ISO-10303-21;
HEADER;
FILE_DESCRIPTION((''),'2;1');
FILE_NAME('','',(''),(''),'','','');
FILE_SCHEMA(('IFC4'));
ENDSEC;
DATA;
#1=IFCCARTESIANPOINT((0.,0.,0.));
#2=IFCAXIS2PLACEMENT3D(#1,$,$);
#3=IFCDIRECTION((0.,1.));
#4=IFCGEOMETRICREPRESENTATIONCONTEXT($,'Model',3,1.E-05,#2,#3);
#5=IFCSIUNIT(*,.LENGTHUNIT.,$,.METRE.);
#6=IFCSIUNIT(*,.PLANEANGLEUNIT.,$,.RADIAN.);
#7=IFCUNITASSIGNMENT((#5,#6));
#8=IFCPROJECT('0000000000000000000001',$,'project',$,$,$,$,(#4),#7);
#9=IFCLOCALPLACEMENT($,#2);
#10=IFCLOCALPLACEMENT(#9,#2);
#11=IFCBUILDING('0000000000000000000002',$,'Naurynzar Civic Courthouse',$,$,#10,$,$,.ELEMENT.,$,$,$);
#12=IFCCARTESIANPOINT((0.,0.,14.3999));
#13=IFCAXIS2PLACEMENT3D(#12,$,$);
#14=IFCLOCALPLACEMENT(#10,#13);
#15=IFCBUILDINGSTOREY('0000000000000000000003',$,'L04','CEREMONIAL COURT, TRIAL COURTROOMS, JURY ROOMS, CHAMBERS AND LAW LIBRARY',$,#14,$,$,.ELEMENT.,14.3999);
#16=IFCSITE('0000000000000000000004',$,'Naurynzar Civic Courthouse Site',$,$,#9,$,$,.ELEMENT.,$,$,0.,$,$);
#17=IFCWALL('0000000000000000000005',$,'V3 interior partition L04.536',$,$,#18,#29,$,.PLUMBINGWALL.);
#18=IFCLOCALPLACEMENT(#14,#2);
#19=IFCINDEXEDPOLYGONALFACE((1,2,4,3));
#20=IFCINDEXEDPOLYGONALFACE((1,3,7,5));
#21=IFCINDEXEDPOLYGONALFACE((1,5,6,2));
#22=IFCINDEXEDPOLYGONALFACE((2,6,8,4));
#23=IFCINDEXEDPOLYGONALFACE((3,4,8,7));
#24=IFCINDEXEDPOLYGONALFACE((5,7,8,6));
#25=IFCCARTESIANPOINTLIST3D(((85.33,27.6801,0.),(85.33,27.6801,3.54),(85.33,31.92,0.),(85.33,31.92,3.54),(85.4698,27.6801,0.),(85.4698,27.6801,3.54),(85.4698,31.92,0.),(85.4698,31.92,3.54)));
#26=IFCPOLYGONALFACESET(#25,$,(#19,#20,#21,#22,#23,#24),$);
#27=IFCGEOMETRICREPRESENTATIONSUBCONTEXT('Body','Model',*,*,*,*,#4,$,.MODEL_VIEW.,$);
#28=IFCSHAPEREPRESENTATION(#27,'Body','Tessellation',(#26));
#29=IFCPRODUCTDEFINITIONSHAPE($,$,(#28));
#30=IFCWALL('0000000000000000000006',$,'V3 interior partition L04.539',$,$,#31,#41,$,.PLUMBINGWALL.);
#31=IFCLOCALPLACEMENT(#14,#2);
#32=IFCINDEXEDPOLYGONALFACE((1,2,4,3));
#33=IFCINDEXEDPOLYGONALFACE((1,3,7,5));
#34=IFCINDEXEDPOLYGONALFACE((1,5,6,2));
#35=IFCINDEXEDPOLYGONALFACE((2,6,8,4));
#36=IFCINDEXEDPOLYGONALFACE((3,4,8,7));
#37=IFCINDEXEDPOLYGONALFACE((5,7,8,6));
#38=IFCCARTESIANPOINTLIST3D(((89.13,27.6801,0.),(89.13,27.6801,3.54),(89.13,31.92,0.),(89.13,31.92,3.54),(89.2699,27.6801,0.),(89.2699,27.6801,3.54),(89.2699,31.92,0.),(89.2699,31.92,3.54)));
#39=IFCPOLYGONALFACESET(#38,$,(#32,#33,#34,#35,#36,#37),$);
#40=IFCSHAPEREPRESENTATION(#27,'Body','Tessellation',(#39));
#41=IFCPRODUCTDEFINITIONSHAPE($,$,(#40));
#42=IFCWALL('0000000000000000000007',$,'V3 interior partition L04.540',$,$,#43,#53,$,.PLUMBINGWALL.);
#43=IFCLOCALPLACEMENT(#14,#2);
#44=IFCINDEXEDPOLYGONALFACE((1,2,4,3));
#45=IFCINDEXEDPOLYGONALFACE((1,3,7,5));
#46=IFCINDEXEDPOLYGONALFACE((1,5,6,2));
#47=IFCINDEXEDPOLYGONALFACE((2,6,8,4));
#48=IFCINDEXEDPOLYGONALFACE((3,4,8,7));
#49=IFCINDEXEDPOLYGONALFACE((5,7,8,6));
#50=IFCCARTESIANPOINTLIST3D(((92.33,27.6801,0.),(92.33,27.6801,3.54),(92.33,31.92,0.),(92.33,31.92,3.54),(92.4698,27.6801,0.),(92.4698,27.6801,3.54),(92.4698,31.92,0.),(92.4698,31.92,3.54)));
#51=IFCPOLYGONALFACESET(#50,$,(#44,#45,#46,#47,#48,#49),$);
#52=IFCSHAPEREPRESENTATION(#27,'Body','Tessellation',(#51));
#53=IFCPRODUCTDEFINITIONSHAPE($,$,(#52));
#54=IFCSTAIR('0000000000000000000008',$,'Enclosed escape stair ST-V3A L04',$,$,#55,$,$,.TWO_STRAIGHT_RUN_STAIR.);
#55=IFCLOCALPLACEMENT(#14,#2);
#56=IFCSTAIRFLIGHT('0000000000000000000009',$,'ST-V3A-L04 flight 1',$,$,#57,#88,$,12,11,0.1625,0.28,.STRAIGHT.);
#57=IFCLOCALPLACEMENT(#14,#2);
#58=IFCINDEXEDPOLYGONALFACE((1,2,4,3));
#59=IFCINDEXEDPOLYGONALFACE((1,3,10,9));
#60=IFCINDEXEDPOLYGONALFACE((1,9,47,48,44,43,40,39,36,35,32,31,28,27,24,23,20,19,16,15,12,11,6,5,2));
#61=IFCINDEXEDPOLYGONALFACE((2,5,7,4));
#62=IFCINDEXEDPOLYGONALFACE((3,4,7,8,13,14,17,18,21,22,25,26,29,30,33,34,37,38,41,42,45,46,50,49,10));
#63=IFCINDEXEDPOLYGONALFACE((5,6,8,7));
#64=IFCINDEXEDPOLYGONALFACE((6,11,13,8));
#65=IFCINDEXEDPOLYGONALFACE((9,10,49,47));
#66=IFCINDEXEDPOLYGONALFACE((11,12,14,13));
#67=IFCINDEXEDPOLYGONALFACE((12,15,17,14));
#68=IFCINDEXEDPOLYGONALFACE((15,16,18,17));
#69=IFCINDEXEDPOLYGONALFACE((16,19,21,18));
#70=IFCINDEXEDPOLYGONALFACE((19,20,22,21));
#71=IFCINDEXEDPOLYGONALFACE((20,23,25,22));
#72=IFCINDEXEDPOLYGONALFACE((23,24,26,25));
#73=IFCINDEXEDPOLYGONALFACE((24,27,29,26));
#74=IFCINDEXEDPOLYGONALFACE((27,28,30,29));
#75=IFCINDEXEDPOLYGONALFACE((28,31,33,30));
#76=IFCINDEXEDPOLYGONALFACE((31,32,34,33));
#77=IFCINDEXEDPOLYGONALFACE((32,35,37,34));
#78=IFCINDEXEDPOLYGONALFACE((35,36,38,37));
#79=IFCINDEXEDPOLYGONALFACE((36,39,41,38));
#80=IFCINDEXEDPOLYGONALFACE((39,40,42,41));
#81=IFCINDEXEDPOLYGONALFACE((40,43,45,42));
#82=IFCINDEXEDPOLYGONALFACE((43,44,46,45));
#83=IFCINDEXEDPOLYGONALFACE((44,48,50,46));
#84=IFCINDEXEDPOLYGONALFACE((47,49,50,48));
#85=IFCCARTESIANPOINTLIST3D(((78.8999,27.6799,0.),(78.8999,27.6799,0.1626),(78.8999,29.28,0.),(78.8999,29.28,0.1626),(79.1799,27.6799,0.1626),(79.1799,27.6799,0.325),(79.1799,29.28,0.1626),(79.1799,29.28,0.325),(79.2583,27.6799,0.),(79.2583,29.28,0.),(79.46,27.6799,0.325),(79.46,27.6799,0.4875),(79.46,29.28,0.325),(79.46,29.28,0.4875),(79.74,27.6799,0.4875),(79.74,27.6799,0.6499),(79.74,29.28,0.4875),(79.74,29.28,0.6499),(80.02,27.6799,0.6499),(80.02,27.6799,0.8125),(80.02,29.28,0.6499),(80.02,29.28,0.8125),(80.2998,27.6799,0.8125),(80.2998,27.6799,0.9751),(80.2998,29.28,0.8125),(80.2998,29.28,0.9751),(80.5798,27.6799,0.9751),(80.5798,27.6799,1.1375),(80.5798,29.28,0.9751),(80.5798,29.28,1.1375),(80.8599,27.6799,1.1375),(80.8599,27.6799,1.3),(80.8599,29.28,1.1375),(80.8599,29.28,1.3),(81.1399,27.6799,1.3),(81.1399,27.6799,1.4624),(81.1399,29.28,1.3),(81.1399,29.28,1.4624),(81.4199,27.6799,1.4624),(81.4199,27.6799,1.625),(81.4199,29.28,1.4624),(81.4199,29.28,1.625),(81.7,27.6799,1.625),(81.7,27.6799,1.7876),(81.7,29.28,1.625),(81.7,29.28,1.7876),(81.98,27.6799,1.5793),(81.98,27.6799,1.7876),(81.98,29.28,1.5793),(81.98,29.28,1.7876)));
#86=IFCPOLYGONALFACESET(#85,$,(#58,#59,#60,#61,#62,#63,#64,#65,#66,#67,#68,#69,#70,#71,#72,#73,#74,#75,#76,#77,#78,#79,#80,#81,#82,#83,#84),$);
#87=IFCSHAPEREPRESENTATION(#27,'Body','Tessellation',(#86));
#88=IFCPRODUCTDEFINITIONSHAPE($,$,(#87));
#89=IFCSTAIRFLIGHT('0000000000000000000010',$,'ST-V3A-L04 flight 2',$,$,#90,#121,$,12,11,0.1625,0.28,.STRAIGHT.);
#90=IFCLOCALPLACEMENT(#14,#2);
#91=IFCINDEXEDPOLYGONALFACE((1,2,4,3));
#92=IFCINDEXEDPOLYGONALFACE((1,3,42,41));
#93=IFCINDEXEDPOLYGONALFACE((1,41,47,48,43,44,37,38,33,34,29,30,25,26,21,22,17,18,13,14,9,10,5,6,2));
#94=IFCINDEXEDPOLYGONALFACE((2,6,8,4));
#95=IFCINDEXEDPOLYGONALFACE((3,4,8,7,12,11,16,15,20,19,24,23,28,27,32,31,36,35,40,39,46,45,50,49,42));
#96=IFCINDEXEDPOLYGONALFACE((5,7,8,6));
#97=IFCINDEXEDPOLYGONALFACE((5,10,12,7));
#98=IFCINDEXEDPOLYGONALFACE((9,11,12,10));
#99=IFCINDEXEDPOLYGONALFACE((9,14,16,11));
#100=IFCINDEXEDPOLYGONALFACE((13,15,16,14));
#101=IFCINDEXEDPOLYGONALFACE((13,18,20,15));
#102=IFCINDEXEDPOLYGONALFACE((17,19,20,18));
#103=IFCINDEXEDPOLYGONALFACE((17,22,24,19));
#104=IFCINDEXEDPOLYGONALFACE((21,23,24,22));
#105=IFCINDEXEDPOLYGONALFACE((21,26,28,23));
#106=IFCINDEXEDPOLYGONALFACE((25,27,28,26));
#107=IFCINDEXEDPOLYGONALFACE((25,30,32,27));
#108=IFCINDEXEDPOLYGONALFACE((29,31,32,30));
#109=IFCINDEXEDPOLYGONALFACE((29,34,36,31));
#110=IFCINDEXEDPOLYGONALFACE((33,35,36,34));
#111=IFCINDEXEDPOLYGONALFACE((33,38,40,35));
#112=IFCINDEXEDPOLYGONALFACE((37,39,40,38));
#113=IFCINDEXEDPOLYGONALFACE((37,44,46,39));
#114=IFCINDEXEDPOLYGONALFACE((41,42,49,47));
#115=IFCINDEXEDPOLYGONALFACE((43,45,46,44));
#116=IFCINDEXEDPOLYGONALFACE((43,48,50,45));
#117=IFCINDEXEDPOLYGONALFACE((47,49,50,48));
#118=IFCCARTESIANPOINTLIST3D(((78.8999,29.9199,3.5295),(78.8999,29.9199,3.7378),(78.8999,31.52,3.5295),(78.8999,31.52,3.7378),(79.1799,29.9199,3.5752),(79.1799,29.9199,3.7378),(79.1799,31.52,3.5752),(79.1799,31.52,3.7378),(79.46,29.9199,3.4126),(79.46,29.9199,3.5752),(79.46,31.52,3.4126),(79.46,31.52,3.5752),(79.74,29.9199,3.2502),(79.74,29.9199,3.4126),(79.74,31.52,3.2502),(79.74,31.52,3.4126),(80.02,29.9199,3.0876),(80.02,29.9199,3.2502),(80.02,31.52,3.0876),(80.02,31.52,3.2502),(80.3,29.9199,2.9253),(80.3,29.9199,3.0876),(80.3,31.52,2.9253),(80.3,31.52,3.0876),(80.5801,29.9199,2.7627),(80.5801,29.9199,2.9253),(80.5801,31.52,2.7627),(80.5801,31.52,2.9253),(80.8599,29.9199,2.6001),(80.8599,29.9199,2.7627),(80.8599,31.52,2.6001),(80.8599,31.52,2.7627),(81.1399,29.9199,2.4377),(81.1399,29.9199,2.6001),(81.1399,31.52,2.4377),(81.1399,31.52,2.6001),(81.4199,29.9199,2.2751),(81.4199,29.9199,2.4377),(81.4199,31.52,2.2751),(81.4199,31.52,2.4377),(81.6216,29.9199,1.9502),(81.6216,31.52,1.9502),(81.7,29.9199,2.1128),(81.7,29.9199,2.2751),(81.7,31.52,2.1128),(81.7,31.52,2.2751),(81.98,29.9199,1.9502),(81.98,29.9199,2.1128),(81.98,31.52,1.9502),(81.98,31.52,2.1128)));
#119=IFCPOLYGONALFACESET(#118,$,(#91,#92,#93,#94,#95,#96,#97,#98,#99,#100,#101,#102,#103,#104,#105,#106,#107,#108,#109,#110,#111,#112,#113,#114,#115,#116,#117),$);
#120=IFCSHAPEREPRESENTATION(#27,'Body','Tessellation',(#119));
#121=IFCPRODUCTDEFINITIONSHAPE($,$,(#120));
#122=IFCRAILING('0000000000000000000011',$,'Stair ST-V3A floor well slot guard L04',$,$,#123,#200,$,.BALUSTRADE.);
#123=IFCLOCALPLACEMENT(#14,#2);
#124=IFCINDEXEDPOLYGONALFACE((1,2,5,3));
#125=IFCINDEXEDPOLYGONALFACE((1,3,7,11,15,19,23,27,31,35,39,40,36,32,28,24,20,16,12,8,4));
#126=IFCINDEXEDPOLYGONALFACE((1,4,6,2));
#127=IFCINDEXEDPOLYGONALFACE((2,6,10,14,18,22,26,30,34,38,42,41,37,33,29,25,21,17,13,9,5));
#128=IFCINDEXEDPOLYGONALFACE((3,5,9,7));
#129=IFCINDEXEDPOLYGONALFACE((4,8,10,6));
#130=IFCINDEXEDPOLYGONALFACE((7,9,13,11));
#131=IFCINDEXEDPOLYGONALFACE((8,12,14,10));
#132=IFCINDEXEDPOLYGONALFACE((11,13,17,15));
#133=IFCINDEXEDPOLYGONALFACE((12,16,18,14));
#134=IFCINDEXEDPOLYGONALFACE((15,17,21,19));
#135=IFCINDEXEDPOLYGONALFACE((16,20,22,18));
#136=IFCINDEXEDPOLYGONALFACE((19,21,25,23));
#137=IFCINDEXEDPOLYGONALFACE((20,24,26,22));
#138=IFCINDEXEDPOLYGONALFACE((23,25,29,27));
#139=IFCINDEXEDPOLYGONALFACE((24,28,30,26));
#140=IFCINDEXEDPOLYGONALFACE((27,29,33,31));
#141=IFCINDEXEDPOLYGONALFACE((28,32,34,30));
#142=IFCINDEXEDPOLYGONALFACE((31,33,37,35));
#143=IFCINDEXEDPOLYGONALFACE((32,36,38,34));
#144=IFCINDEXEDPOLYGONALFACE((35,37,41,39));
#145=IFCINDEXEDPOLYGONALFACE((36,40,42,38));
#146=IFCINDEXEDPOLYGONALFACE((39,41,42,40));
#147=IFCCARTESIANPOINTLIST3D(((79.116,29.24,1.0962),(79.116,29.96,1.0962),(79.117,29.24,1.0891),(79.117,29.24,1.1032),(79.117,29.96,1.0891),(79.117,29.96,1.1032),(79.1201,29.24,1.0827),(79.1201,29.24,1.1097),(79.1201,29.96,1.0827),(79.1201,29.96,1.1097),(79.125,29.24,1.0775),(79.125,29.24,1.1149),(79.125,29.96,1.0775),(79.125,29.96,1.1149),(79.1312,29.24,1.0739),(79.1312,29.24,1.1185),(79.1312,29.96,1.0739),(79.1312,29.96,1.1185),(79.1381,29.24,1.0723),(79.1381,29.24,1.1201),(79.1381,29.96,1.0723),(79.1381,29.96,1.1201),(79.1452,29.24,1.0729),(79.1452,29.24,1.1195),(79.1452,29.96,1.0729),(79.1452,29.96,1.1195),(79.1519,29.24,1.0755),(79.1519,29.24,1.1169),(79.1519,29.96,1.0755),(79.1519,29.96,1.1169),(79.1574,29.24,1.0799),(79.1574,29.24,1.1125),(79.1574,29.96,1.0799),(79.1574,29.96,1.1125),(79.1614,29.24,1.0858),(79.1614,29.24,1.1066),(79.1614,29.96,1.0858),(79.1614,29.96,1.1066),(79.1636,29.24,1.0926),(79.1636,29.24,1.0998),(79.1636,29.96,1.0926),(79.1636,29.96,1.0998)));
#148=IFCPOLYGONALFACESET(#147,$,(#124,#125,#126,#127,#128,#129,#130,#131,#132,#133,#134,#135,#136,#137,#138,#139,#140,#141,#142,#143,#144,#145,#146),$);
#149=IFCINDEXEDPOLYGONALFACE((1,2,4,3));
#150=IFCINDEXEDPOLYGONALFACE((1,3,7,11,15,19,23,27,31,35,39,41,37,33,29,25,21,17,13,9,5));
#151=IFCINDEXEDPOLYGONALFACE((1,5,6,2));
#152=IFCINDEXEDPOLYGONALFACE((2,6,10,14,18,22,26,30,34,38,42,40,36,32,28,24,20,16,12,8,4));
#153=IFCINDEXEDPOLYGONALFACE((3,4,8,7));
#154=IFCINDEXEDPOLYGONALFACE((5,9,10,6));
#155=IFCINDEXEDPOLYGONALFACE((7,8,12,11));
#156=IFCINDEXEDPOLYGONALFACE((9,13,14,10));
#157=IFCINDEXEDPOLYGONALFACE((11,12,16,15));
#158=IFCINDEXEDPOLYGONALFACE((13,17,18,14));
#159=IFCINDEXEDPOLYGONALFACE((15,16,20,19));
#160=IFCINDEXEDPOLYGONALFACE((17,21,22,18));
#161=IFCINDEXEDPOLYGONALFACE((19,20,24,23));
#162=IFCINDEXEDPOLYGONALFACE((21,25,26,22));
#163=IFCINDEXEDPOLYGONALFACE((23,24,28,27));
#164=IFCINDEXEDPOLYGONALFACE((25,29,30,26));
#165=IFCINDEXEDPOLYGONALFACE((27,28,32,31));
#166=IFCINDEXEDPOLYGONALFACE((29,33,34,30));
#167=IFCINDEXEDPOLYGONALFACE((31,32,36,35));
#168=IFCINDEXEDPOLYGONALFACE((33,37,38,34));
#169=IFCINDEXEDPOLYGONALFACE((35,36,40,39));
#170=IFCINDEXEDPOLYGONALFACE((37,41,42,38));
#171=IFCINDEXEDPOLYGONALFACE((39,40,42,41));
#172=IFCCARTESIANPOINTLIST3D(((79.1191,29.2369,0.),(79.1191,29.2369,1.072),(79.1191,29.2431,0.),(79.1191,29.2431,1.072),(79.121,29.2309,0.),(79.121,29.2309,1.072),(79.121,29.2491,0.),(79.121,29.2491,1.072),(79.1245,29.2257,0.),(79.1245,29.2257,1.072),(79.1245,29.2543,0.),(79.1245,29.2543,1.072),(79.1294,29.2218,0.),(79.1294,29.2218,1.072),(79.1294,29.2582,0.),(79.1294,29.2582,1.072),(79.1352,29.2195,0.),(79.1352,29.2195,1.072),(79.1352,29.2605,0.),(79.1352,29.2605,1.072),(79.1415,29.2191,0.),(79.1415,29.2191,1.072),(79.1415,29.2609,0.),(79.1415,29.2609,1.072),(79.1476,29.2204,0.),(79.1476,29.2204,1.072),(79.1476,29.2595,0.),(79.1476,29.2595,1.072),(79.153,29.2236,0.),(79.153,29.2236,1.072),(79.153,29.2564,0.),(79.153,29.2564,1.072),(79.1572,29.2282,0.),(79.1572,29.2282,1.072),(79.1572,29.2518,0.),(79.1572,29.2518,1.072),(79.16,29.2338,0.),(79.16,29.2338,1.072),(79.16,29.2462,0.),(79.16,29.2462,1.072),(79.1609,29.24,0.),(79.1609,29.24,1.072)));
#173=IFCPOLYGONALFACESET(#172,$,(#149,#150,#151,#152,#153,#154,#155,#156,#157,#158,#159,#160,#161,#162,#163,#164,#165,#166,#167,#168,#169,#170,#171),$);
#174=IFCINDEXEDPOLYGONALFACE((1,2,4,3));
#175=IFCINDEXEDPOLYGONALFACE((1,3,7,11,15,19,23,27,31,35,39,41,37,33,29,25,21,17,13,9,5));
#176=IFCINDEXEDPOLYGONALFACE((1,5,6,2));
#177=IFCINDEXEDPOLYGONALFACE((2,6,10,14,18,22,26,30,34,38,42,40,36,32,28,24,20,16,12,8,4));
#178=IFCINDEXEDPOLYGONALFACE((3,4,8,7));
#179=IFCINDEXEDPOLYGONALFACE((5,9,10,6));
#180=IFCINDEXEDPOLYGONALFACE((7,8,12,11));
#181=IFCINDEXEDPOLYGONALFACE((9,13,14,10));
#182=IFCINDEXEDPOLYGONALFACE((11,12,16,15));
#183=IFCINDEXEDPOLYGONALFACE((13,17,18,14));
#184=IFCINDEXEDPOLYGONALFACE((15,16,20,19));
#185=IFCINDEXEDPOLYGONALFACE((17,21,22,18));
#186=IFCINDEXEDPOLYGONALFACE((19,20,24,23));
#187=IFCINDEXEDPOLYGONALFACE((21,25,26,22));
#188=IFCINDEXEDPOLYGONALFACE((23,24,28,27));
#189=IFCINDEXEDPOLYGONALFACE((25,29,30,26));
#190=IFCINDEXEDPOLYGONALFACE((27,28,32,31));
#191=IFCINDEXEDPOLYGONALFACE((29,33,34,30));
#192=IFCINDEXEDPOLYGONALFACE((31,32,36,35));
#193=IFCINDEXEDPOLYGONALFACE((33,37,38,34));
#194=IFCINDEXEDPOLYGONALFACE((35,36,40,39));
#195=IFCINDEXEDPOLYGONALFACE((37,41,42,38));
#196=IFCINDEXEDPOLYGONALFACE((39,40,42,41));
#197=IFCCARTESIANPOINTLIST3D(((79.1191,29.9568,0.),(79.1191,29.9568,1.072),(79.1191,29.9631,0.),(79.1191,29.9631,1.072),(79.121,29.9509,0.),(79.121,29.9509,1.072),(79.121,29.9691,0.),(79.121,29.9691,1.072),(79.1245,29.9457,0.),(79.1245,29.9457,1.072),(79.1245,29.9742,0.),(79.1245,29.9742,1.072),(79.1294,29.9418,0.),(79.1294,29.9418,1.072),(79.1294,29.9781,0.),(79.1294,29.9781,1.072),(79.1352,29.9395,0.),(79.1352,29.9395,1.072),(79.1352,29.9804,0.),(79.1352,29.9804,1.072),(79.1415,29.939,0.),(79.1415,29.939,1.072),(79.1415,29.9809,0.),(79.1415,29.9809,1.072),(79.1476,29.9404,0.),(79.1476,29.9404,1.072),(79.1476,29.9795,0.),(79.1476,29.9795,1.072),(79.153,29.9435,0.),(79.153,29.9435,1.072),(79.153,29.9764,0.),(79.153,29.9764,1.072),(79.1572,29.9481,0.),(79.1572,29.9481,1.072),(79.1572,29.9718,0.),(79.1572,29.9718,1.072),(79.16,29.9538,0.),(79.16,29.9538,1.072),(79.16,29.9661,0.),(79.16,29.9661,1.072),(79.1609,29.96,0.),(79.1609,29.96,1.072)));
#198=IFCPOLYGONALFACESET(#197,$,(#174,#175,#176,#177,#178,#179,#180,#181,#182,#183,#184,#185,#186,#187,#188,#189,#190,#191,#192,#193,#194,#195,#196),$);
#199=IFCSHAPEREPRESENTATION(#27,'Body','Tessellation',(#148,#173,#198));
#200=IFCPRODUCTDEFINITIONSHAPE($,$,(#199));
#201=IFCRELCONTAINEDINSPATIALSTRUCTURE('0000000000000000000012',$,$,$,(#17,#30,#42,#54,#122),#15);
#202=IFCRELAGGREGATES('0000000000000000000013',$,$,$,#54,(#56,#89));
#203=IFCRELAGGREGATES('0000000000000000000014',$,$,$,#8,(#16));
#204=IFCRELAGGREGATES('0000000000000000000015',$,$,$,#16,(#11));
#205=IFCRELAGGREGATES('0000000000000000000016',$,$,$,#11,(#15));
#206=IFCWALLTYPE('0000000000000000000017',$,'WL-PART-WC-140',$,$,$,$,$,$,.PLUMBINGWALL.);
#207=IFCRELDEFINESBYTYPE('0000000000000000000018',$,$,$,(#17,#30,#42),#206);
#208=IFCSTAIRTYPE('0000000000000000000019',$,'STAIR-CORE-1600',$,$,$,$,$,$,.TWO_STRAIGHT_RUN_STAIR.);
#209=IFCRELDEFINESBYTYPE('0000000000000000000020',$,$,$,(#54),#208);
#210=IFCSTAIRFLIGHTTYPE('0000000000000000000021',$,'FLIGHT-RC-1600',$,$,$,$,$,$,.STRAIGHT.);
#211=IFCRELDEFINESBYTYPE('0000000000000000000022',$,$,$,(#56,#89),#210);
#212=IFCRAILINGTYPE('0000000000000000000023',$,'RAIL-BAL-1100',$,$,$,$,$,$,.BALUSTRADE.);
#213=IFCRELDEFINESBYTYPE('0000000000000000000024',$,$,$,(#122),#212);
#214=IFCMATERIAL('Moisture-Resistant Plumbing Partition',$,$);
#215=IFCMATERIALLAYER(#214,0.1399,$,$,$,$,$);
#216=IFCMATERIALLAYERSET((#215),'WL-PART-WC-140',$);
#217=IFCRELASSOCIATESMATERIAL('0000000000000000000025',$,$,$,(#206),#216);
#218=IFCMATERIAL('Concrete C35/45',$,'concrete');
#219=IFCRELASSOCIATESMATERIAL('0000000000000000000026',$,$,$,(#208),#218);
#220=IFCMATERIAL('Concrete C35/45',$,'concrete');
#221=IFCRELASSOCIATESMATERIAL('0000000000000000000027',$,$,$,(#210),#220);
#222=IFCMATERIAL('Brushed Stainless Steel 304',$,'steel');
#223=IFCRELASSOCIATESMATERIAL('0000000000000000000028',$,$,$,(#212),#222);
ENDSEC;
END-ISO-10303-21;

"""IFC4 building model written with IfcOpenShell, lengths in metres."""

from ifc_helpers import new_model, si_unit, direction, frame, frame_2d, origin, origin_2d, place, context, subcontext, project, spatial, polyline, rectangle, circle, outline, extrude, material, layer, layer_set, type_object, element, aggregate, save


model = new_model("IFC4")

# Units and contexts
model_context = context("Model", 3, precision=1e-05, world=origin(), true_north=direction((0.0, 1.0)))
body_context = subcontext(model_context, "Body", "Model", "MODEL_VIEW")
ifc_project = project(units=[si_unit("LENGTHUNIT", "METRE"), si_unit("PLANEANGLEUNIT", "RADIAN")], contexts=[model_context])

# Site, building, storey
site_placement = place(None, origin())
site = spatial("IfcSite", under=ifc_project, at=site_placement, Name="Naurynzar Civic Courthouse Site", CompositionType="ELEMENT", RefElevation=0.0)
building_placement = place(site_placement, origin())
building = spatial("IfcBuilding", under=site, at=building_placement, Name="Naurynzar Civic Courthouse", CompositionType="ELEMENT")
storey_placement = place(building_placement, frame((0.0, 0.0, 14.3999)))
storey = spatial("IfcBuildingStorey", under=building, at=storey_placement, Name="L04", Description="CEREMONIAL COURT, TRIAL COURTROOMS, JURY ROOMS, CHAMBERS AND LAW LIBRARY", CompositionType="ELEMENT", Elevation=14.3999)

# Shared definitions
ifc_material_1 = material(Name="Moisture-Resistant Plumbing Partition")
ifc_layer_1 = layer(ifc_material_1, 0.1399)
ifc_layer_set_1 = layer_set([ifc_layer_1], Name="WL-PART-WC-140")
wall_type_1 = type_object("IfcWallType", Name="WL-PART-WC-140", PredefinedType="PLUMBINGWALL", material=ifc_layer_set_1)

# Walls
for number, where, z_axis, x_axis, name in (
    (1, (85.3999, 27.6799, 0.0), (0.0, 0.0, 1.0), (0.0, 1.0, 0.0), "V3 interior partition L04.536"),
    (2, (89.2, 27.6799, 0.0), (0.0, 0.0, 1.0), (0.0, 1.0, 0.0), "V3 interior partition L04.539"),
    (3, (92.3999, 27.6799, 0.0), (0.0, 0.0, 1.0), (0.0, 1.0, 0.0), "V3 interior partition L04.540"),
):
    element("IfcWall", number, at=place(storey_placement, frame(where, z_axis=z_axis, x_axis=x_axis)), inside=storey, type_object=wall_type_1, Name=name, PredefinedType="PLUMBINGWALL", context=body_context, shape_type="SweptSolid", body=[
        extrude(rectangle(XDim=4.24, YDim=0.1399, at=frame_2d((2.1201, 0.0))), origin(), (0.0, 0.0, 1.0), 3.54),
    ])

# Stair, stair flights
ifc_material_2 = material(Name="Concrete C35/45", Category="concrete")
stair_type = type_object("IfcStairType", Name="STAIR-CORE-1600", PredefinedType="TWO_STRAIGHT_RUN_STAIR", material=ifc_material_2)
stair_placement = place(storey_placement, origin())
stair = element("IfcStair", 4, at=stair_placement, inside=storey, type_object=stair_type, Name="Enclosed escape stair ST-V3A L04", PredefinedType="TWO_STRAIGHT_RUN_STAIR")
ifc_material_3 = material(Name="Concrete C35/45", Category="concrete")
stair_flight_type = type_object("IfcStairFlightType", Name="FLIGHT-RC-1600", PredefinedType="STRAIGHT", material=ifc_material_3)
stair_flight_1_placement = place(storey_placement, frame((78.8999, 28.48, 0.0), z_axis=(0.0, 0.0, 1.0), x_axis=(1.0, 0.0, 0.0)))
stair_flight_1 = element("IfcStairFlight", 5, at=stair_flight_1_placement, type_object=stair_flight_type, Name="ST-V3A-L04 flight 1", NumberOfRisers=12, NumberOfTreads=11, PredefinedType="STRAIGHT", RiserHeight=0.1625, TreadLength=0.28, context=body_context, shape_type="SweptSolid", body=[
    extrude(outline(polyline([(0.0, 0.0), (0.0, 0.1626), (0.28, 0.1626), (0.28, 0.325), (0.5601, 0.325), (0.5601, 0.4875), (0.8401, 0.4875), (0.8401, 0.6499), (1.1201, 0.6499), (1.1201, 0.8125), (1.3999, 0.8125), (1.3999, 0.9751), (1.6799, 0.9751), (1.6799, 1.1375), (1.96, 1.1375), (1.96, 1.3), (2.24, 1.3), (2.24, 1.4624), (2.52, 1.4624), (2.52, 1.625), (2.8, 1.625), (2.8, 1.7876), (3.0801, 1.7876), (3.0801, 1.95), (3.0801, 1.5793), (0.3584, 0.0), (0.0, 0.0)])), frame((0.0, 0.8, 0.0), z_axis=(0.0, -1.0, 0.0), x_axis=(1.0, 0.0, 0.0)), (0.0, 0.0, 1.0), 1.6001),
])
stair_flight_2_placement = place(storey_placement, frame((81.98, 30.72, 1.9502), z_axis=(0.0, 0.0, 1.0), x_axis=(-1.0, 0.0, 0.0)))
stair_flight_2 = element("IfcStairFlight", 6, at=stair_flight_2_placement, type_object=stair_flight_type, Name="ST-V3A-L04 flight 2", NumberOfRisers=12, NumberOfTreads=11, PredefinedType="STRAIGHT", RiserHeight=0.1625, TreadLength=0.28, context=body_context, shape_type="SweptSolid", body=[
    extrude(outline(polyline([(0.0, 0.0), (0.0, 0.1626), (0.28, 0.1626), (0.28, 0.325), (0.5601, 0.325), (0.5601, 0.4875), (0.8401, 0.4875), (0.8401, 0.6499), (1.1201, 0.6499), (1.1201, 0.8125), (1.3999, 0.8125), (1.3999, 0.9751), (1.6799, 0.9751), (1.6799, 1.1375), (1.96, 1.1375), (1.96, 1.3), (2.24, 1.3), (2.24, 1.4624), (2.52, 1.4624), (2.52, 1.625), (2.8, 1.625), (2.8, 1.7876), (3.0801, 1.7876), (3.0801, 1.95), (3.0801, 1.5793), (0.3584, 0.0), (0.0, 0.0)])), frame((0.0, 0.8, 0.0), z_axis=(0.0, -1.0, 0.0), x_axis=(1.0, 0.0, 0.0)), (0.0, 0.0, 1.0), 1.6001),
])
aggregate(stair, [stair_flight_1, stair_flight_2])

# Railing
ifc_material_4 = material(Name="Brushed Stainless Steel 304", Category="steel")
railing_type_1 = type_object("IfcRailingType", Name="RAIL-BAL-1100", PredefinedType="BALUSTRADE", material=ifc_material_4)
for number, where, name in (
    (7, (79.1399, 29.24, 0.0), "Stair ST-V3A floor well slot guard L04"),
):
    element("IfcRailing", number, at=place(storey_placement, frame(where)), inside=storey, type_object=railing_type_1, Name=name, PredefinedType="BALUSTRADE", context=body_context, shape_type="SweptSolid", body=[
        extrude(circle(Radius=0.0239, at=origin_2d()), frame((0.0, 0.0, 1.0962), z_axis=(0.0, 1.0, 0.0), x_axis=(-1.0, 0.0, 0.0)), (0.0, 0.0, 1.0), 0.72),
        extrude(circle(Radius=0.021, at=origin_2d()), origin(), (0.0, 0.0, 1.0), 1.072),
        extrude(circle(Radius=0.021, at=origin_2d()), frame((0.0, 0.72, 0.0)), (0.0, 0.0, 1.0), 1.072),
    ])

save(model, "model.ifc")
